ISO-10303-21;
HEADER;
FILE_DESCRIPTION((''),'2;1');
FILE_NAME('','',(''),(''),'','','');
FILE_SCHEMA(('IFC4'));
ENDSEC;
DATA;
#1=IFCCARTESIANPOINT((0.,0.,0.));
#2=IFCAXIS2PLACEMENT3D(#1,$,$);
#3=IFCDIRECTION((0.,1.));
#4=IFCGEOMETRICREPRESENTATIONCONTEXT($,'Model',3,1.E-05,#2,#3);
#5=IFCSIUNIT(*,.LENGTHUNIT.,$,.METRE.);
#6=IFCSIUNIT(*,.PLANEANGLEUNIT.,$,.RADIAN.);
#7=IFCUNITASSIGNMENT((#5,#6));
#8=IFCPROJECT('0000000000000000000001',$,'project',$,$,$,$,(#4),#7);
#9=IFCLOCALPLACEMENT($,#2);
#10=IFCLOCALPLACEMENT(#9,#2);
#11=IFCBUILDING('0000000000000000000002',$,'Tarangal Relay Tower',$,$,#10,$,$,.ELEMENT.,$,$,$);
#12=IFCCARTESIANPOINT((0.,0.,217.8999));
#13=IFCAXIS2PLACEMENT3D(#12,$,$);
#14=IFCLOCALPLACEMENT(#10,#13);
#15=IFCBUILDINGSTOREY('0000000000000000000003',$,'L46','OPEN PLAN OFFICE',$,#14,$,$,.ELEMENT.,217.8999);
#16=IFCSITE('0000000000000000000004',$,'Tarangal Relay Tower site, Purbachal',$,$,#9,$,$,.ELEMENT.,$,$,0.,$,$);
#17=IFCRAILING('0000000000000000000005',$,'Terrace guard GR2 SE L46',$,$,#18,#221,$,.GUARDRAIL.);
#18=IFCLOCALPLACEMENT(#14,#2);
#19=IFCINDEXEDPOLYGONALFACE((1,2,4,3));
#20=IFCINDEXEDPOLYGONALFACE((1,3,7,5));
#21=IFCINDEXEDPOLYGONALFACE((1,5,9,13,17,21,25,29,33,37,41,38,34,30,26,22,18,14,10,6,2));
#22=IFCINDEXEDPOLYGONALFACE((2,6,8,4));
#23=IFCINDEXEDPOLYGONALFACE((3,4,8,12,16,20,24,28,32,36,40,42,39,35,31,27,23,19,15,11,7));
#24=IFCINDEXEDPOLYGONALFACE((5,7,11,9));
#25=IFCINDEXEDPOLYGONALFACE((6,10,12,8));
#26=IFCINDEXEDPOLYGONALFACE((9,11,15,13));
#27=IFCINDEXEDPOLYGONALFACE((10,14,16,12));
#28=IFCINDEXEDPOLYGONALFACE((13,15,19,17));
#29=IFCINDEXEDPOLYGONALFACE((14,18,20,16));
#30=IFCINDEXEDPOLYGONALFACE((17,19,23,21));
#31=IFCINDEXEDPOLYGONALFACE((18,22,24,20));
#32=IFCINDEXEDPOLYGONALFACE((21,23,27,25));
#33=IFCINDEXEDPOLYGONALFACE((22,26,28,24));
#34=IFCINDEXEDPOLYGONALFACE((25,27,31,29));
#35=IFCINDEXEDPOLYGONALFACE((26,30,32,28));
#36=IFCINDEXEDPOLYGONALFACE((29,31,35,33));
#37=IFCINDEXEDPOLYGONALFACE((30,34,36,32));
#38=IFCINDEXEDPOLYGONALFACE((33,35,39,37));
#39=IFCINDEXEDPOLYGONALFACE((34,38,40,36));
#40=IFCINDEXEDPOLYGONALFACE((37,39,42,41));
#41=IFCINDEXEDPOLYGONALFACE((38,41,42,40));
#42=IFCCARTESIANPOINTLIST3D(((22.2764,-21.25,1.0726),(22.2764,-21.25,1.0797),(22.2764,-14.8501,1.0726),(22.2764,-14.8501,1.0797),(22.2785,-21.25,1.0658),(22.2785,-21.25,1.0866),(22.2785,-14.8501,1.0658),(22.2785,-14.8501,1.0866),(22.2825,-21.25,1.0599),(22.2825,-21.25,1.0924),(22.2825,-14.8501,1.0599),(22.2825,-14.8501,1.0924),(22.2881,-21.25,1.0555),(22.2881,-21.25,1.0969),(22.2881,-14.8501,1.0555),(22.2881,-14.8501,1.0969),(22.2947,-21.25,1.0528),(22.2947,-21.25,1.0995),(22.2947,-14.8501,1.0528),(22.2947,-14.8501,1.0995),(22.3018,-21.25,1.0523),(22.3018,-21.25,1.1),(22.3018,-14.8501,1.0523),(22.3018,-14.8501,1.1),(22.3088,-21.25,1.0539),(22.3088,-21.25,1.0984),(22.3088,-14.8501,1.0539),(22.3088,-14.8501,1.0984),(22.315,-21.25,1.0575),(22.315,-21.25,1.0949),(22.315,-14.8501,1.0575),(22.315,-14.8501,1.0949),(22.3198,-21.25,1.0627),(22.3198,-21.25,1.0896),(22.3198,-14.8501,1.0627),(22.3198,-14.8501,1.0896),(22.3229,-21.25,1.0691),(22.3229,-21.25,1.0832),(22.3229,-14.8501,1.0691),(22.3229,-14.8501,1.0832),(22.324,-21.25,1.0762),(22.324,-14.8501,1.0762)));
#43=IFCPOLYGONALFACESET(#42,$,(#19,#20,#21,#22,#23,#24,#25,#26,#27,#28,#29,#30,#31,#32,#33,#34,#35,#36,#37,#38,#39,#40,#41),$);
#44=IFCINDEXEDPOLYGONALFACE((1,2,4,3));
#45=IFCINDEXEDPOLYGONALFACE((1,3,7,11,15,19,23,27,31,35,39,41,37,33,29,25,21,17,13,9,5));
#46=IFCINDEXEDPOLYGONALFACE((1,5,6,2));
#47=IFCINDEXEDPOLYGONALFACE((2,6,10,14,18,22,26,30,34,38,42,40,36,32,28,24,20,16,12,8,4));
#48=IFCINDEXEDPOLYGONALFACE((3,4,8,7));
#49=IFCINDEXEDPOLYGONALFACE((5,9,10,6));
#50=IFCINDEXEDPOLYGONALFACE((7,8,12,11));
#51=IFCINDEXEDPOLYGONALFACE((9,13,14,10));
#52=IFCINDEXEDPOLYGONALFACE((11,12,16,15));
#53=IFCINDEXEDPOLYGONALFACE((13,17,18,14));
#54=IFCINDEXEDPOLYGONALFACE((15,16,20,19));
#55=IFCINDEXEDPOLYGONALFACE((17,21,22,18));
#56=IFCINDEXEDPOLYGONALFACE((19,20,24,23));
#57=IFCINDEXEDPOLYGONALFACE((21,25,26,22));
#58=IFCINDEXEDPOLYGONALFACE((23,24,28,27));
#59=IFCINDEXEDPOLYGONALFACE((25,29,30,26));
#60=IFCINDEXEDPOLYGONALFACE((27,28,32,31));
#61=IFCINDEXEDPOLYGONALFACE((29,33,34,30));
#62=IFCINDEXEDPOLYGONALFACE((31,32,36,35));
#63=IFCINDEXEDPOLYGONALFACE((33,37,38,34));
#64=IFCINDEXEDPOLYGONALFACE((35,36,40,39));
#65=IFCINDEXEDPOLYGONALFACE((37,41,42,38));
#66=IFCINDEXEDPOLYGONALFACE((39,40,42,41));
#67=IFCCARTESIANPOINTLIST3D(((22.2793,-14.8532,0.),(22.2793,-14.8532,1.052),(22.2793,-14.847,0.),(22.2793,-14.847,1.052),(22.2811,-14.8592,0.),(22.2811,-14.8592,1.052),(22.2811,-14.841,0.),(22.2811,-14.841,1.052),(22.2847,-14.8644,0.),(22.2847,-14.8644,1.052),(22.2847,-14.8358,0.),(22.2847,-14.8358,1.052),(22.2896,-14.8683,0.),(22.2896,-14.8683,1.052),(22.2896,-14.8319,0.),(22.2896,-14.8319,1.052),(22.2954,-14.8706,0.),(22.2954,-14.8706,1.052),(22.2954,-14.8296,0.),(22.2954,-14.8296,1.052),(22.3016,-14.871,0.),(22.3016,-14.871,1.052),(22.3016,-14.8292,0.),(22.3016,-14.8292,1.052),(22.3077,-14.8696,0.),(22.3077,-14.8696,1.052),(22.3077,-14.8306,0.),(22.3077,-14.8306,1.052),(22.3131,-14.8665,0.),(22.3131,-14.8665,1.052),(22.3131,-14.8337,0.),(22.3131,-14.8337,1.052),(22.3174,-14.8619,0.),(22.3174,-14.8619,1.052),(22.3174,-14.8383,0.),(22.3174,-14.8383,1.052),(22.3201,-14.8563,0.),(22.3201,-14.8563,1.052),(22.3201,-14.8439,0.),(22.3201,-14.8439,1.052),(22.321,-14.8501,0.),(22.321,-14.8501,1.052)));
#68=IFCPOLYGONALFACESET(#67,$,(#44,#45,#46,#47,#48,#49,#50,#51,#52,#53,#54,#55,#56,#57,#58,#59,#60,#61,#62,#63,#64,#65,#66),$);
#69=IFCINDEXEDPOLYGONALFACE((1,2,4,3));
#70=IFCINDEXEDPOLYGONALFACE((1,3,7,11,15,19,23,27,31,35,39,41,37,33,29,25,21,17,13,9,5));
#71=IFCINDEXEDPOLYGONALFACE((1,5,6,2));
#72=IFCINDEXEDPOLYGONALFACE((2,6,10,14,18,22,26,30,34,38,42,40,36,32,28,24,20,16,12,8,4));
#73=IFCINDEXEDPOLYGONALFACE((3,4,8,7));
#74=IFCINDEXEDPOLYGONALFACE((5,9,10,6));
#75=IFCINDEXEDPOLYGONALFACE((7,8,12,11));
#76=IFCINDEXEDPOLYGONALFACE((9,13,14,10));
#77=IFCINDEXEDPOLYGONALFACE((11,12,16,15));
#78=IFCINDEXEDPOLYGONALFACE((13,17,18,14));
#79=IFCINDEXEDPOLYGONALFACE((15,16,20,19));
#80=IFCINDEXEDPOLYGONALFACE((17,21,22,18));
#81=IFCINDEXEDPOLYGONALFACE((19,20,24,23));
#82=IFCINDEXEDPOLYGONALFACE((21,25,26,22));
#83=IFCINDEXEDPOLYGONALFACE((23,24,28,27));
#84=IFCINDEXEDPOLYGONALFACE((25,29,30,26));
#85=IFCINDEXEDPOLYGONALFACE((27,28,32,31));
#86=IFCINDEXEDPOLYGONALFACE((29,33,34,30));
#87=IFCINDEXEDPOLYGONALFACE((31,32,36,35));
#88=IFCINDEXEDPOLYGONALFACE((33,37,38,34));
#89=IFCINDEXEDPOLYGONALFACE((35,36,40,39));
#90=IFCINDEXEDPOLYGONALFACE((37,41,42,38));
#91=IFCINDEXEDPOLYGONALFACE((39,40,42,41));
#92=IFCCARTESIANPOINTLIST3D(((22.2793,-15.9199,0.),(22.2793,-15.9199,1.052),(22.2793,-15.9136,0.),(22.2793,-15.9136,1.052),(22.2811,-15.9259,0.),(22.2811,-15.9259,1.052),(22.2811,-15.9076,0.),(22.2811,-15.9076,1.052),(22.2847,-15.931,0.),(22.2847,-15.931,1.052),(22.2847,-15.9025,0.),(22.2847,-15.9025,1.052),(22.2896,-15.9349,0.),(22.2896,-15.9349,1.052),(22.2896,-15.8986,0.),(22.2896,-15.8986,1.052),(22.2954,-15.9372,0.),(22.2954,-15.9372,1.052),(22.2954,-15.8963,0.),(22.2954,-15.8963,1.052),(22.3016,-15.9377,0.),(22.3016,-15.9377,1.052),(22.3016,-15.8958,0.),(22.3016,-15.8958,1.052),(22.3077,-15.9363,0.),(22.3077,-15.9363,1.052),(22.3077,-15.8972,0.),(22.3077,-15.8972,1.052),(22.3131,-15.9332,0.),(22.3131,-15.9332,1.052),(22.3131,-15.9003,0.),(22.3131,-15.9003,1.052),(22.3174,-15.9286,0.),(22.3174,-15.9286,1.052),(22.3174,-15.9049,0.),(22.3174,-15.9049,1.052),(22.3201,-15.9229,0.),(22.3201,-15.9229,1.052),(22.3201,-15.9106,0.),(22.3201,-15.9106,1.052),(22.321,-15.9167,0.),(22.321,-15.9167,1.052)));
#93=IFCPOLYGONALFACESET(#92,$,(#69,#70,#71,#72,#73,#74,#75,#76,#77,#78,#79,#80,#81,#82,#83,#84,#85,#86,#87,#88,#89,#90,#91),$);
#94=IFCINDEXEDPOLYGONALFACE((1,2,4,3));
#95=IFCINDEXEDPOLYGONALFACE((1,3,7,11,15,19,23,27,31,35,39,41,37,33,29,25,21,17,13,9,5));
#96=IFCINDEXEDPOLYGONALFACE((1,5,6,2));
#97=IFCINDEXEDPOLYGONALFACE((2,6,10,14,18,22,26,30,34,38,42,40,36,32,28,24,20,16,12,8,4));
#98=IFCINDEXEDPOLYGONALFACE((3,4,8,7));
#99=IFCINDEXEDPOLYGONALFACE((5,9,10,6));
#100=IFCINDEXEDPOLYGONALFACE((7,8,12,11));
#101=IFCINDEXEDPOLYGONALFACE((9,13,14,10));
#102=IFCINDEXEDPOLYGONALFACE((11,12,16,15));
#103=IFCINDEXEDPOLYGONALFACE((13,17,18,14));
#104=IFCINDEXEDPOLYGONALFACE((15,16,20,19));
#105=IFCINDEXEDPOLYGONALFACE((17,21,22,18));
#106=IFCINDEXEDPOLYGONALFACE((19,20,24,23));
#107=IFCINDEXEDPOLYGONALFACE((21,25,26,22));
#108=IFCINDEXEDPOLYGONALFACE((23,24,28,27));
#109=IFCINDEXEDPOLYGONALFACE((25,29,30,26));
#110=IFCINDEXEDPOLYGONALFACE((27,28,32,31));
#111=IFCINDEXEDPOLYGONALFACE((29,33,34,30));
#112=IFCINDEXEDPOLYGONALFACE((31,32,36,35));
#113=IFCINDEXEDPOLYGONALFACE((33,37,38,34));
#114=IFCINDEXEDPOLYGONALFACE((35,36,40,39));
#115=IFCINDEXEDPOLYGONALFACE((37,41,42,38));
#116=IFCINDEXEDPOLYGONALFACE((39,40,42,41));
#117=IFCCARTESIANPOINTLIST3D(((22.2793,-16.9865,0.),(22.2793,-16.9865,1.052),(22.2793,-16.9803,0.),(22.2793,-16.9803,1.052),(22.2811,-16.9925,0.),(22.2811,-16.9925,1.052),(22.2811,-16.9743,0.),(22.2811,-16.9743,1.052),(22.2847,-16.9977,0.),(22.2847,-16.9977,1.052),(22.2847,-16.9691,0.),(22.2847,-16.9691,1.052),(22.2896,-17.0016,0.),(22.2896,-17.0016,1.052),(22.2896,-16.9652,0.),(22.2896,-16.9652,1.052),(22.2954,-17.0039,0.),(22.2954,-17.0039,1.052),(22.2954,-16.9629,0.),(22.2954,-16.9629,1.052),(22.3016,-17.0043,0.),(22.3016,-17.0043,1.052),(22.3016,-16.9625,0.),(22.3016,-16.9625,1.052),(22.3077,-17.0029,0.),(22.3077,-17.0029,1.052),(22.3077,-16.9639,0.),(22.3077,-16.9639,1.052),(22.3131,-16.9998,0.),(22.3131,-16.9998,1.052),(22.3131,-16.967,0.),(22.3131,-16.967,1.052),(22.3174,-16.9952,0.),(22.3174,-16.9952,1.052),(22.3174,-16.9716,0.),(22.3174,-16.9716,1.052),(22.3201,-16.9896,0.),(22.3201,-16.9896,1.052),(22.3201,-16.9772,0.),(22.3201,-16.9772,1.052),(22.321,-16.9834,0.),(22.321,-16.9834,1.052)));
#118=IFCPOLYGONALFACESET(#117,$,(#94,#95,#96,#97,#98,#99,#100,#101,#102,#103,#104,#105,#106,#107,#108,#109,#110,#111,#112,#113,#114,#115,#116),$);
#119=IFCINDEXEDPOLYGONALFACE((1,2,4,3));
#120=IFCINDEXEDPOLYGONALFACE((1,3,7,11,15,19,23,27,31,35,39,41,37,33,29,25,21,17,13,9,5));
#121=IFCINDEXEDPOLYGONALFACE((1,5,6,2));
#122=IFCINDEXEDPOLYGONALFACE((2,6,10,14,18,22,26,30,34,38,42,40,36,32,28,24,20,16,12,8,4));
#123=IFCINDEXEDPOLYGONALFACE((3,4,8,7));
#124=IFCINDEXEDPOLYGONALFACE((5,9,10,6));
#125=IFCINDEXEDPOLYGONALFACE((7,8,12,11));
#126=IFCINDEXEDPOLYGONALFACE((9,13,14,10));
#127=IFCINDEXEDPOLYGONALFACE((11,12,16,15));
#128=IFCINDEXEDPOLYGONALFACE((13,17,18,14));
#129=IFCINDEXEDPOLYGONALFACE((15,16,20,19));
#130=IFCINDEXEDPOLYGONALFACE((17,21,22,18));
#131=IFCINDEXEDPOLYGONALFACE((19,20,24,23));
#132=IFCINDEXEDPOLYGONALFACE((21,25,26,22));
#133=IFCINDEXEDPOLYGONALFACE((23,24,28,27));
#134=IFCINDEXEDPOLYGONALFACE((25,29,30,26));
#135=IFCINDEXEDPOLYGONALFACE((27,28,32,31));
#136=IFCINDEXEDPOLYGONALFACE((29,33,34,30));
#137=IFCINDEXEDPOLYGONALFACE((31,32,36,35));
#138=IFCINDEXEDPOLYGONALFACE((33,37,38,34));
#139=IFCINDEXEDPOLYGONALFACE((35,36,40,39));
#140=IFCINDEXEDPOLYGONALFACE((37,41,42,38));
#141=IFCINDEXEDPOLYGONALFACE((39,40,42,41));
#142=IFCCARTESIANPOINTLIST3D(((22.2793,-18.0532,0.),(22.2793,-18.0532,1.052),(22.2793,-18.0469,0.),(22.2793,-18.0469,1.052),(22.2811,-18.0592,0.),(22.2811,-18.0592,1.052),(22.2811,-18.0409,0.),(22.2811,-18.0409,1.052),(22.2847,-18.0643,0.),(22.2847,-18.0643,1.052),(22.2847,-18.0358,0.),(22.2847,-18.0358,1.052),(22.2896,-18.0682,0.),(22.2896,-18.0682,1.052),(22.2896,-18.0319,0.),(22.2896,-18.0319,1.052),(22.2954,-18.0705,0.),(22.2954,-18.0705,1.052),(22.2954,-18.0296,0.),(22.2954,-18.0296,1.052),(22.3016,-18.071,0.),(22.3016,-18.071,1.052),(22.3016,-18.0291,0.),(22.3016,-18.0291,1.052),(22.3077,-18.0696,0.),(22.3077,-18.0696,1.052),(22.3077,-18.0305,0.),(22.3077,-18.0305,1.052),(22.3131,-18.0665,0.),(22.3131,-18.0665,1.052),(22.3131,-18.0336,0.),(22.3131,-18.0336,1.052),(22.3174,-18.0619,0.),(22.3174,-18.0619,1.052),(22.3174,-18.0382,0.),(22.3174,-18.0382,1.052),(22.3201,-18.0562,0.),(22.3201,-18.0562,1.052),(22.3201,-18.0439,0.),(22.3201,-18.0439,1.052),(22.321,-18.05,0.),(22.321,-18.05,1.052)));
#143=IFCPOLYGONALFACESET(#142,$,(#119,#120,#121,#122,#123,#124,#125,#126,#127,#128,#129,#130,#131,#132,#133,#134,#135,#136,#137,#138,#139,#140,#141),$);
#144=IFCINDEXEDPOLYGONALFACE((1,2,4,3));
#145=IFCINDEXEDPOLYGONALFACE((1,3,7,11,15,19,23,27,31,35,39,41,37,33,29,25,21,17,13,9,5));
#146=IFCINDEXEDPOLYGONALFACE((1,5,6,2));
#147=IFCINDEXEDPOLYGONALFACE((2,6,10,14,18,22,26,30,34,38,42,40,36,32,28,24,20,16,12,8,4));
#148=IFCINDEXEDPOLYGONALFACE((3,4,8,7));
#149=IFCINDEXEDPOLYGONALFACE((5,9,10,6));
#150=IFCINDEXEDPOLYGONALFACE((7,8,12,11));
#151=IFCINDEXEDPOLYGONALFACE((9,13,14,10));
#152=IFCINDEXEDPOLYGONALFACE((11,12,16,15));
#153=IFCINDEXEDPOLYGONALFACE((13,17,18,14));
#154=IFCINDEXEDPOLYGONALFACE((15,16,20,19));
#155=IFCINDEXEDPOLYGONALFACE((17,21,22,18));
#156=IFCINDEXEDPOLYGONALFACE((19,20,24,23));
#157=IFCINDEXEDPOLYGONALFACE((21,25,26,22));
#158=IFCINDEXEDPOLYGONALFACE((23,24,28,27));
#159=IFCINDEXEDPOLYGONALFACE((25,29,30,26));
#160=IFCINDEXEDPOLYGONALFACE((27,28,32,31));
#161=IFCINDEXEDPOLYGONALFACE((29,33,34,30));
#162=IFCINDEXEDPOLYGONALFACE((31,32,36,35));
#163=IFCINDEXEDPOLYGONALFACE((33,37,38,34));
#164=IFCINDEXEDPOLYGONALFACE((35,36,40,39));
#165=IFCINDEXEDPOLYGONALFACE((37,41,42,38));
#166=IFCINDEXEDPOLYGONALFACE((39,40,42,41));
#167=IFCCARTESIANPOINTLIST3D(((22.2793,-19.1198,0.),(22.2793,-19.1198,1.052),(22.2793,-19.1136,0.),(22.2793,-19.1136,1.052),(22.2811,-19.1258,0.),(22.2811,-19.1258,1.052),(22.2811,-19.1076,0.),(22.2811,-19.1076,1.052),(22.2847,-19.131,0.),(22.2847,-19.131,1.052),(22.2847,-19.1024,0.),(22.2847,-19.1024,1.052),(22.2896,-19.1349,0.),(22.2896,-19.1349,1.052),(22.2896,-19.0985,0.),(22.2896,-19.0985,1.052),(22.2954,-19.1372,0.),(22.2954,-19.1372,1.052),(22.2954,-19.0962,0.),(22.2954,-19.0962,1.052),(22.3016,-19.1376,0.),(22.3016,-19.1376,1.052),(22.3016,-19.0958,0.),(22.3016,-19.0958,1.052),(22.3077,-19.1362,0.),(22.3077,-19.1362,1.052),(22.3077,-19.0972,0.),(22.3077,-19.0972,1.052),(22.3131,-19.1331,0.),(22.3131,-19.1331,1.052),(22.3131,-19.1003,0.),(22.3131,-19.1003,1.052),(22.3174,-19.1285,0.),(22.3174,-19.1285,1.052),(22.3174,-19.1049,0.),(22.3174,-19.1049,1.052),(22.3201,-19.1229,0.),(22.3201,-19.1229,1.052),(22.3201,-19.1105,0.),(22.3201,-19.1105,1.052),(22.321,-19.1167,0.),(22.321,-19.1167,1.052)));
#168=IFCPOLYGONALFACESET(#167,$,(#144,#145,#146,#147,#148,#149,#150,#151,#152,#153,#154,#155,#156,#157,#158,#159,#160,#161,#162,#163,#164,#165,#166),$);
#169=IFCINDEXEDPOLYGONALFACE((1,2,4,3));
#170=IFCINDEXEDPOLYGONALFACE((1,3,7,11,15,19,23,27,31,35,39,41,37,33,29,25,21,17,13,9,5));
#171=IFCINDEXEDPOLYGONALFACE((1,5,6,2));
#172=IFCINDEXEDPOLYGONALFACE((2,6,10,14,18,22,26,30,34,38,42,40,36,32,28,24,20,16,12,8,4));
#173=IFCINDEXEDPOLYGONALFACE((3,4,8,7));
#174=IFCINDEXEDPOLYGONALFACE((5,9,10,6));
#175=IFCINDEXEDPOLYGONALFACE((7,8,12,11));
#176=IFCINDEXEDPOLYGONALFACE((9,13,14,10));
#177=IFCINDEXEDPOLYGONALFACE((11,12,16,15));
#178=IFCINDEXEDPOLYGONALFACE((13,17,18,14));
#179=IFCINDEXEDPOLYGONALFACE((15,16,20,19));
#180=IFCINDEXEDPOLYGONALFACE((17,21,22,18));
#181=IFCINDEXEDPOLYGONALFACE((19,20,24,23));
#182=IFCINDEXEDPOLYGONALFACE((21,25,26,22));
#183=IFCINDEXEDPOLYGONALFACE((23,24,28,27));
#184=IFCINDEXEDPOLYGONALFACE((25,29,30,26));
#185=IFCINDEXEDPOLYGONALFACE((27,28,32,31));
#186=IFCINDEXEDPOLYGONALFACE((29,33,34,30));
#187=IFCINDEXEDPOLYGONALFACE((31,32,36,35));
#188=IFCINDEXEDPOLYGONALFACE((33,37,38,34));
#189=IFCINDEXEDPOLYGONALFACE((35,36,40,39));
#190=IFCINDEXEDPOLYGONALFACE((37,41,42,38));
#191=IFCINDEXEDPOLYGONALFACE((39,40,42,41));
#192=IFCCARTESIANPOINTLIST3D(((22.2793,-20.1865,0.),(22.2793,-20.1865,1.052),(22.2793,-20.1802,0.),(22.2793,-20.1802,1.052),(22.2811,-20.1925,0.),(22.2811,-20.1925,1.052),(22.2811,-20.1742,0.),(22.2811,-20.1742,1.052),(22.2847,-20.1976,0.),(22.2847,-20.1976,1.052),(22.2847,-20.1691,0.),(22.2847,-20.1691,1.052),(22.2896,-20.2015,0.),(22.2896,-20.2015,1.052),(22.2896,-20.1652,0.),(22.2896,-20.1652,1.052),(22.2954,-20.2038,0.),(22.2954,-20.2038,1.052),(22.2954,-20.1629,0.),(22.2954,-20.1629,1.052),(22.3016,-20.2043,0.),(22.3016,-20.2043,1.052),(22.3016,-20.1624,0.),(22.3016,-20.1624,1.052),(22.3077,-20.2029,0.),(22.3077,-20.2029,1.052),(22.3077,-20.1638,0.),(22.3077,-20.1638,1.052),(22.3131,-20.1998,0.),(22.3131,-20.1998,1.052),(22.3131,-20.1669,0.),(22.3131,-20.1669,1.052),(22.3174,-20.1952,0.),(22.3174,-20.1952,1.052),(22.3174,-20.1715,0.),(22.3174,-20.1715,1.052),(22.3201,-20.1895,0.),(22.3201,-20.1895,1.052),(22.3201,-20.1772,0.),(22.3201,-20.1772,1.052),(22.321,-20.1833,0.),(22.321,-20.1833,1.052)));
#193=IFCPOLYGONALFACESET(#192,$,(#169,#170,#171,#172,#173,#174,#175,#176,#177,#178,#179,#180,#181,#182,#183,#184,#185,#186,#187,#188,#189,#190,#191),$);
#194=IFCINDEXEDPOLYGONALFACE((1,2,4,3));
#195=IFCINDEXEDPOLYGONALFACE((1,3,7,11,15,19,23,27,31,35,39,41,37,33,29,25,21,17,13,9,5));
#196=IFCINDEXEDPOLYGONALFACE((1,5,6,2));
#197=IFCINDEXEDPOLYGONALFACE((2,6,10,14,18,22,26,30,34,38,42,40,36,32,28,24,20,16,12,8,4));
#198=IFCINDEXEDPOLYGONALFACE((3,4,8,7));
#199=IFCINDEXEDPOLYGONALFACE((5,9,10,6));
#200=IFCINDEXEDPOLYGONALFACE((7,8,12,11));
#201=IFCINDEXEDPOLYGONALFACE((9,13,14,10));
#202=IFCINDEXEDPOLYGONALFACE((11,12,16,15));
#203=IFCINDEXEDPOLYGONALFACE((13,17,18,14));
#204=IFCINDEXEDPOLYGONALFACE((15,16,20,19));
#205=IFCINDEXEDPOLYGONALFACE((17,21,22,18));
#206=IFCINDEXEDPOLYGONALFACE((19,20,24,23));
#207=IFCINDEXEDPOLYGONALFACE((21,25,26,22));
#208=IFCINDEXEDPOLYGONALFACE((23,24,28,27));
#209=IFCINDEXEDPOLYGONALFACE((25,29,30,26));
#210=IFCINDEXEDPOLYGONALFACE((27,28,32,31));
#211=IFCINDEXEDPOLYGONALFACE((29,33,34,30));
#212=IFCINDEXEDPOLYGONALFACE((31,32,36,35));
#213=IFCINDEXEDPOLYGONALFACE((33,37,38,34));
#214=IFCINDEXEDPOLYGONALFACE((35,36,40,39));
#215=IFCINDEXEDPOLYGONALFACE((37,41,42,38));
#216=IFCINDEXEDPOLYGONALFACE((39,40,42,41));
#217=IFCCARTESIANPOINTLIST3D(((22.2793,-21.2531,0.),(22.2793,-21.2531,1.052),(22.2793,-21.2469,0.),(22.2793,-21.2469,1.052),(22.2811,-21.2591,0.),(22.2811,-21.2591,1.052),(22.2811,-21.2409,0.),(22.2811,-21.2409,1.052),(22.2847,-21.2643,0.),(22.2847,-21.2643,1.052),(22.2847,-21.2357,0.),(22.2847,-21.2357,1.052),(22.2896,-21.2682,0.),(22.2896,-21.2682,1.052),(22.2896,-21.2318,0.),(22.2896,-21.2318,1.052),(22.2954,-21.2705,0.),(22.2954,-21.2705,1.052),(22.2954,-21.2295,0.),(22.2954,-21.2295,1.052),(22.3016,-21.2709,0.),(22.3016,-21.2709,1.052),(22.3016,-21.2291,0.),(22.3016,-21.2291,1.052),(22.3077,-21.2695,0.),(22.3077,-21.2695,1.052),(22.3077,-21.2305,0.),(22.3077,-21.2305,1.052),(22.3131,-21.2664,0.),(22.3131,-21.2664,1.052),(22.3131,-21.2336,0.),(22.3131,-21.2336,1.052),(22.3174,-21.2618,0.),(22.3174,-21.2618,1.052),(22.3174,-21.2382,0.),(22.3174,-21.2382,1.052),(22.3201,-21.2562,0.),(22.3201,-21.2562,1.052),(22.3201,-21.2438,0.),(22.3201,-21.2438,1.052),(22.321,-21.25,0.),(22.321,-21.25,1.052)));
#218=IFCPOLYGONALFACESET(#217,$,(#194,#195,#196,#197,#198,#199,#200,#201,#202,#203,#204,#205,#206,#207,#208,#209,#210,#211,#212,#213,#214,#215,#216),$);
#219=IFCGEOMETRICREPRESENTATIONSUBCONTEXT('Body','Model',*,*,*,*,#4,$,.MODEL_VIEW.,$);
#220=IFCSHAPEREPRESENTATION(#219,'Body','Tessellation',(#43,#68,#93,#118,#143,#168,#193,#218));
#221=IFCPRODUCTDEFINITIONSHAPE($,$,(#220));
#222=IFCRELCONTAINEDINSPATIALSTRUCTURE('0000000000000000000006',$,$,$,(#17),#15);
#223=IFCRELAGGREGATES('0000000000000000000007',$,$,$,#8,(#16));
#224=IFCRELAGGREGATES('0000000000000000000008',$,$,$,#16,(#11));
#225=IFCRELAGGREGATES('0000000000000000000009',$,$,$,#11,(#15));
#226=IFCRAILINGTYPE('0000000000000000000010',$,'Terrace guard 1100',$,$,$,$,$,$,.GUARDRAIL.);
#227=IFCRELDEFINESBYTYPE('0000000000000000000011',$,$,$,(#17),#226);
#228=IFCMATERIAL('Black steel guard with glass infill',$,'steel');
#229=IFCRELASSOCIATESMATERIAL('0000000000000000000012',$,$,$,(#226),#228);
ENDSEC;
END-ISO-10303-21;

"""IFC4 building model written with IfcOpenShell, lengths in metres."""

from ifc_helpers import new_model, si_unit, direction, frame, origin, origin_2d, place, context, subcontext, project, spatial, circle, extrude, material, type_object, element, save


model = new_model("IFC4")

# Units and contexts
model_context = context("Model", 3, precision=1e-05, world=origin(), true_north=direction((0.0, 1.0)))
body_context = subcontext(model_context, "Body", "Model", "MODEL_VIEW")
ifc_project = project(units=[si_unit("LENGTHUNIT", "METRE"), si_unit("PLANEANGLEUNIT", "RADIAN")], contexts=[model_context])

# Site, building, storey
site_placement = place(None, origin())
site = spatial("IfcSite", under=ifc_project, at=site_placement, Name="Tarangal Relay Tower site, Purbachal", CompositionType="ELEMENT", RefElevation=0.0)
building_placement = place(site_placement, origin())
building = spatial("IfcBuilding", under=site, at=building_placement, Name="Tarangal Relay Tower", CompositionType="ELEMENT")
storey_placement = place(building_placement, frame((0.0, 0.0, 217.8999)))
storey = spatial("IfcBuildingStorey", under=building, at=storey_placement, Name="L46", Description="OPEN PLAN OFFICE", CompositionType="ELEMENT", Elevation=217.8999)

# Railing
ifc_material_1 = material(Name="Black steel guard with glass infill", Category="steel")
railing_type = type_object("IfcRailingType", Name="Terrace guard 1100", PredefinedType="GUARDRAIL", material=ifc_material_1)
railing_1_placement = place(storey_placement, frame((22.3, -14.8501, 0.0)))
element("IfcRailing", 1, at=railing_1_placement, inside=storey, type_object=railing_type, Name="Terrace guard GR2 SE L46", PredefinedType="GUARDRAIL", context=body_context, shape_type="SweptSolid", body=[
    extrude(circle(Radius=0.0239, at=origin_2d()), frame((0.0, 0.0, 1.0762), z_axis=(0.0, -1.0, 0.0), x_axis=(1.0, 0.0, 0.0)), (0.0, 0.0, 1.0), 6.3999),
    extrude(circle(Radius=0.021, at=origin_2d()), origin(), (0.0, 0.0, 1.0), 1.052),
    extrude(circle(Radius=0.021, at=origin_2d()), frame((0.0, -1.0667, 0.0)), (0.0, 0.0, 1.0), 1.052),
    extrude(circle(Radius=0.021, at=origin_2d()), frame((0.0, -2.1333, 0.0)), (0.0, 0.0, 1.0), 1.052),
    extrude(circle(Radius=0.021, at=origin_2d()), frame((0.0, -3.2, 0.0)), (0.0, 0.0, 1.0), 1.052),
    extrude(circle(Radius=0.021, at=origin_2d()), frame((0.0, -4.2666, 0.0)), (0.0, 0.0, 1.0), 1.052),
    extrude(circle(Radius=0.021, at=origin_2d()), frame((0.0, -5.3333, 0.0)), (0.0, 0.0, 1.0), 1.052),
    extrude(circle(Radius=0.021, at=origin_2d()), frame((0.0, -6.3999, 0.0)), (0.0, 0.0, 1.0), 1.052),
])

save(model, "model.ifc")
